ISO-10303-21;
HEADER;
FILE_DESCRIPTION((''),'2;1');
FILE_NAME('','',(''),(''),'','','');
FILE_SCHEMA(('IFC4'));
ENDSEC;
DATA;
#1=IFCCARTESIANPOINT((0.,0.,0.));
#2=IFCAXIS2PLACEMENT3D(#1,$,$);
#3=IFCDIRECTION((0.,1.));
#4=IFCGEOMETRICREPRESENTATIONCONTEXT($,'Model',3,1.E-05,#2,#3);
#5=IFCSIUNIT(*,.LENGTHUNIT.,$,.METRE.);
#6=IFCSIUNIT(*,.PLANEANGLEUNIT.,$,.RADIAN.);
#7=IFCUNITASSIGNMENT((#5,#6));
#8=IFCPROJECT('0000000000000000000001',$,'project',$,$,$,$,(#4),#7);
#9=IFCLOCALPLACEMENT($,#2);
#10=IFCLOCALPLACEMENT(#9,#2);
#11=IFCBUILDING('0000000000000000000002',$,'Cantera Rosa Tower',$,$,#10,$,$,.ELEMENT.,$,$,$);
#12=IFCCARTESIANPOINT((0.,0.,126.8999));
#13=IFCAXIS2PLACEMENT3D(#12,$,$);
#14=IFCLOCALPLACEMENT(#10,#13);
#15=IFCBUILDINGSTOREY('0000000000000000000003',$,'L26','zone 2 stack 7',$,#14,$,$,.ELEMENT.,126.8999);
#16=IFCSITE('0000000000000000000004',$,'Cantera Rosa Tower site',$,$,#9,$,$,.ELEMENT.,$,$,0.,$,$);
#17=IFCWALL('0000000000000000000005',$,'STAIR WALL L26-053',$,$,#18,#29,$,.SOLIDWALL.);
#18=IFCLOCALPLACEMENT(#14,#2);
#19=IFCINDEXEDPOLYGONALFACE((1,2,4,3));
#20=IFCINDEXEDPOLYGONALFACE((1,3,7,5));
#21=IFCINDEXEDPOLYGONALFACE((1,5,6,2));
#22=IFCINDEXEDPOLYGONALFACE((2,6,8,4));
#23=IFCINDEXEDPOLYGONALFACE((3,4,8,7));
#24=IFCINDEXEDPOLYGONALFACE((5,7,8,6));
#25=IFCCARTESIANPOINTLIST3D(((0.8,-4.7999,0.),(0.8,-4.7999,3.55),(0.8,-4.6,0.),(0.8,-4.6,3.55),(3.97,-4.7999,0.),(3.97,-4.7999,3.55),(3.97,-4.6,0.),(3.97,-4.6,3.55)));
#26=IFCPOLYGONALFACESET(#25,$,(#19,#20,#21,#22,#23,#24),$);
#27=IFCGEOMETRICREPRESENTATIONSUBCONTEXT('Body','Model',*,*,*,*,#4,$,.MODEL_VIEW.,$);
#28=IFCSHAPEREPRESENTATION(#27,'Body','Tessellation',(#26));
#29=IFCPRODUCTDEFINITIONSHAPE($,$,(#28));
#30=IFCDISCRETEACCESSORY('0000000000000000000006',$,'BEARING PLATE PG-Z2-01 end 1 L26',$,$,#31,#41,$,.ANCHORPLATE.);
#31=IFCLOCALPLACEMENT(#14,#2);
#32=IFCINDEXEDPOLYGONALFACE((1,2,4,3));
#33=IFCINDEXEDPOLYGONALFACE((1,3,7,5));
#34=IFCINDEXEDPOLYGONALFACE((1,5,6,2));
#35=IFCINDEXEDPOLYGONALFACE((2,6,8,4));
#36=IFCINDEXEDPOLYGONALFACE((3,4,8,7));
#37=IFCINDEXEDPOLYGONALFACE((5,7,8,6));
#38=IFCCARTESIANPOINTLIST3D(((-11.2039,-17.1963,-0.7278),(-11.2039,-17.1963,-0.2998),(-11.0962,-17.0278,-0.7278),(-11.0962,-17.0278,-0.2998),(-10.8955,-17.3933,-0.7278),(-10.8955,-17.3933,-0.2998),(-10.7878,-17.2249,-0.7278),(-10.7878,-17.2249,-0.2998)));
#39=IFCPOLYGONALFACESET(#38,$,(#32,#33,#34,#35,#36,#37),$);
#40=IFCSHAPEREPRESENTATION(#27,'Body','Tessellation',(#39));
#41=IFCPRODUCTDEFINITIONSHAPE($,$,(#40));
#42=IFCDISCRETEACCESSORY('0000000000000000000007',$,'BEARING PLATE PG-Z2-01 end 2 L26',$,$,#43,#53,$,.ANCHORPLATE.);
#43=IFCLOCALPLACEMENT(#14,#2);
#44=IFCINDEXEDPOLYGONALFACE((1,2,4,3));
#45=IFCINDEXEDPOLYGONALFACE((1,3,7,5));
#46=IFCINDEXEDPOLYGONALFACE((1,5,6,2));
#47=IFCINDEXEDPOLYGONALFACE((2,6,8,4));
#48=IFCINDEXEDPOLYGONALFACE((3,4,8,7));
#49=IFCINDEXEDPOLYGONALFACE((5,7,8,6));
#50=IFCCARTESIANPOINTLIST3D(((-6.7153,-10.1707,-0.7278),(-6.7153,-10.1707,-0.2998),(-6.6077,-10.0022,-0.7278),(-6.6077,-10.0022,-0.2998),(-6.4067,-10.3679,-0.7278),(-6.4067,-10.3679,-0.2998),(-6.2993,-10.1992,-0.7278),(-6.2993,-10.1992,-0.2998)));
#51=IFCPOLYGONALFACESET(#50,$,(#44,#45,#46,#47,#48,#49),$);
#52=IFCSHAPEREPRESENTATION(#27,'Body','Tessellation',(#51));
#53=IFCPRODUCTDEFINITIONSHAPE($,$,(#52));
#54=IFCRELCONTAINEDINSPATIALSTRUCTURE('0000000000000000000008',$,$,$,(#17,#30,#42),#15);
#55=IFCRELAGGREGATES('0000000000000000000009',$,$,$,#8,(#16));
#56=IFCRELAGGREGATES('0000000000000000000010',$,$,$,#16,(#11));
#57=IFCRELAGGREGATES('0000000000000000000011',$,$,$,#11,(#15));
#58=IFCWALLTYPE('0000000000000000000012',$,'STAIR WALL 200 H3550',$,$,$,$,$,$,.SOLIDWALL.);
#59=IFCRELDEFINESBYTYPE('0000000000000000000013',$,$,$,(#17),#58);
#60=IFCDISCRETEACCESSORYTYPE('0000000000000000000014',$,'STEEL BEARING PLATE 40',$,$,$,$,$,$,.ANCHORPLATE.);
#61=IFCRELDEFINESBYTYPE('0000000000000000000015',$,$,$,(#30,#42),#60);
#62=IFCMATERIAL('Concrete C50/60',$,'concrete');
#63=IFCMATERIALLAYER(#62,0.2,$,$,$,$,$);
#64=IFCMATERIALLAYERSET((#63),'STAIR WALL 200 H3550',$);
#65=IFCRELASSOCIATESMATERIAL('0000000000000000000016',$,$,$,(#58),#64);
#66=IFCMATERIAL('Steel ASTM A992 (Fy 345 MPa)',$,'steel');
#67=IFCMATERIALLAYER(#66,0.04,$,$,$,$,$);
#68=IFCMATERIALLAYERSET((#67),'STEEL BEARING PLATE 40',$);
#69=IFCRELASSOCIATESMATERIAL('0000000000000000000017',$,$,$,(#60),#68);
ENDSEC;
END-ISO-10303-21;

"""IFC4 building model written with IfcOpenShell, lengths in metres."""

from ifc_helpers import new_model, si_unit, direction, frame, frame_2d, origin, place, context, subcontext, project, spatial, polyline, rectangle, outline, extrude, material, layer, layer_set, type_object, element, save


model = new_model("IFC4")

# Units and contexts
model_context = context("Model", 3, precision=1e-05, world=origin(), true_north=direction((0.0, 1.0)))
body_context = subcontext(model_context, "Body", "Model", "MODEL_VIEW")
ifc_project = project(units=[si_unit("LENGTHUNIT", "METRE"), si_unit("PLANEANGLEUNIT", "RADIAN")], contexts=[model_context])

# Site, building, storey
site_placement = place(None, origin())
site = spatial("IfcSite", under=ifc_project, at=site_placement, Name="Cantera Rosa Tower site", CompositionType="ELEMENT", RefElevation=0.0)
building_placement = place(site_placement, origin())
building = spatial("IfcBuilding", under=site, at=building_placement, Name="Cantera Rosa Tower", CompositionType="ELEMENT")
storey_placement = place(building_placement, frame((0.0, 0.0, 126.8999)))
storey = spatial("IfcBuildingStorey", under=building, at=storey_placement, Name="L26", Description="zone 2 stack 7", CompositionType="ELEMENT", Elevation=126.8999)

# Shared definitions
ifc_material_1 = material(Name="Concrete C50/60", Category="concrete")
ifc_layer_1 = layer(ifc_material_1, 0.2)
ifc_layer_set_1 = layer_set([ifc_layer_1], Name="STAIR WALL 200 H3550")
wall_type_1 = type_object("IfcWallType", Name="STAIR WALL 200 H3550", PredefinedType="SOLIDWALL", material=ifc_layer_set_1)

# Wall
wall_1_placement = place(storey_placement, frame((3.97, -4.7, 0.0), z_axis=(0.0, 0.0, 1.0), x_axis=(-1.0, 0.0, 0.0)))
element("IfcWall", 1, at=wall_1_placement, inside=storey, type_object=wall_type_1, Name="STAIR WALL L26-053", PredefinedType="SOLIDWALL", context=body_context, shape_type="SweptSolid", body=[
    extrude(rectangle(XDim=3.1699, YDim=0.2, at=frame_2d((1.585, 0.0))), origin(), (0.0, 0.0, 1.0), 3.55),
])

# Discrete accessories
ifc_material_2 = material(Name="Steel ASTM A992 (Fy 345 MPa)", Category="steel")
ifc_layer_2 = layer(ifc_material_2, 0.04)
ifc_layer_set_2 = layer_set([ifc_layer_2], Name="STEEL BEARING PLATE 40")
discrete_accessory_type = type_object("IfcDiscreteAccessoryType", Name="STEEL BEARING PLATE 40", PredefinedType="ANCHORPLATE", material=ifc_layer_set_2)
discrete_accessory_1_placement = place(storey_placement, frame((0.0, 0.0, -0.7278)))
element("IfcDiscreteAccessory", 2, at=discrete_accessory_1_placement, inside=storey, type_object=discrete_accessory_type, Name="BEARING PLATE PG-Z2-01 end 1 L26", PredefinedType="ANCHORPLATE", context=body_context, shape_type="SweptSolid", body=[
    extrude(outline(polyline([(-11.0962, -17.0278), (-11.2039, -17.1963), (-10.8955, -17.3933), (-10.7878, -17.2249), (-11.0962, -17.0278)])), origin(), (0.0, 0.0, 1.0), 0.428),
])
discrete_accessory_2_placement = place(storey_placement, frame((0.0, 0.0, -0.7278)))
element("IfcDiscreteAccessory", 3, at=discrete_accessory_2_placement, inside=storey, type_object=discrete_accessory_type, Name="BEARING PLATE PG-Z2-01 end 2 L26", PredefinedType="ANCHORPLATE", context=body_context, shape_type="SweptSolid", body=[
    extrude(outline(polyline([(-6.4067, -10.3679), (-6.2993, -10.1992), (-6.6077, -10.0022), (-6.7153, -10.1707), (-6.4067, -10.3679)])), origin(), (0.0, 0.0, 1.0), 0.428),
])

save(model, "model.ifc")
